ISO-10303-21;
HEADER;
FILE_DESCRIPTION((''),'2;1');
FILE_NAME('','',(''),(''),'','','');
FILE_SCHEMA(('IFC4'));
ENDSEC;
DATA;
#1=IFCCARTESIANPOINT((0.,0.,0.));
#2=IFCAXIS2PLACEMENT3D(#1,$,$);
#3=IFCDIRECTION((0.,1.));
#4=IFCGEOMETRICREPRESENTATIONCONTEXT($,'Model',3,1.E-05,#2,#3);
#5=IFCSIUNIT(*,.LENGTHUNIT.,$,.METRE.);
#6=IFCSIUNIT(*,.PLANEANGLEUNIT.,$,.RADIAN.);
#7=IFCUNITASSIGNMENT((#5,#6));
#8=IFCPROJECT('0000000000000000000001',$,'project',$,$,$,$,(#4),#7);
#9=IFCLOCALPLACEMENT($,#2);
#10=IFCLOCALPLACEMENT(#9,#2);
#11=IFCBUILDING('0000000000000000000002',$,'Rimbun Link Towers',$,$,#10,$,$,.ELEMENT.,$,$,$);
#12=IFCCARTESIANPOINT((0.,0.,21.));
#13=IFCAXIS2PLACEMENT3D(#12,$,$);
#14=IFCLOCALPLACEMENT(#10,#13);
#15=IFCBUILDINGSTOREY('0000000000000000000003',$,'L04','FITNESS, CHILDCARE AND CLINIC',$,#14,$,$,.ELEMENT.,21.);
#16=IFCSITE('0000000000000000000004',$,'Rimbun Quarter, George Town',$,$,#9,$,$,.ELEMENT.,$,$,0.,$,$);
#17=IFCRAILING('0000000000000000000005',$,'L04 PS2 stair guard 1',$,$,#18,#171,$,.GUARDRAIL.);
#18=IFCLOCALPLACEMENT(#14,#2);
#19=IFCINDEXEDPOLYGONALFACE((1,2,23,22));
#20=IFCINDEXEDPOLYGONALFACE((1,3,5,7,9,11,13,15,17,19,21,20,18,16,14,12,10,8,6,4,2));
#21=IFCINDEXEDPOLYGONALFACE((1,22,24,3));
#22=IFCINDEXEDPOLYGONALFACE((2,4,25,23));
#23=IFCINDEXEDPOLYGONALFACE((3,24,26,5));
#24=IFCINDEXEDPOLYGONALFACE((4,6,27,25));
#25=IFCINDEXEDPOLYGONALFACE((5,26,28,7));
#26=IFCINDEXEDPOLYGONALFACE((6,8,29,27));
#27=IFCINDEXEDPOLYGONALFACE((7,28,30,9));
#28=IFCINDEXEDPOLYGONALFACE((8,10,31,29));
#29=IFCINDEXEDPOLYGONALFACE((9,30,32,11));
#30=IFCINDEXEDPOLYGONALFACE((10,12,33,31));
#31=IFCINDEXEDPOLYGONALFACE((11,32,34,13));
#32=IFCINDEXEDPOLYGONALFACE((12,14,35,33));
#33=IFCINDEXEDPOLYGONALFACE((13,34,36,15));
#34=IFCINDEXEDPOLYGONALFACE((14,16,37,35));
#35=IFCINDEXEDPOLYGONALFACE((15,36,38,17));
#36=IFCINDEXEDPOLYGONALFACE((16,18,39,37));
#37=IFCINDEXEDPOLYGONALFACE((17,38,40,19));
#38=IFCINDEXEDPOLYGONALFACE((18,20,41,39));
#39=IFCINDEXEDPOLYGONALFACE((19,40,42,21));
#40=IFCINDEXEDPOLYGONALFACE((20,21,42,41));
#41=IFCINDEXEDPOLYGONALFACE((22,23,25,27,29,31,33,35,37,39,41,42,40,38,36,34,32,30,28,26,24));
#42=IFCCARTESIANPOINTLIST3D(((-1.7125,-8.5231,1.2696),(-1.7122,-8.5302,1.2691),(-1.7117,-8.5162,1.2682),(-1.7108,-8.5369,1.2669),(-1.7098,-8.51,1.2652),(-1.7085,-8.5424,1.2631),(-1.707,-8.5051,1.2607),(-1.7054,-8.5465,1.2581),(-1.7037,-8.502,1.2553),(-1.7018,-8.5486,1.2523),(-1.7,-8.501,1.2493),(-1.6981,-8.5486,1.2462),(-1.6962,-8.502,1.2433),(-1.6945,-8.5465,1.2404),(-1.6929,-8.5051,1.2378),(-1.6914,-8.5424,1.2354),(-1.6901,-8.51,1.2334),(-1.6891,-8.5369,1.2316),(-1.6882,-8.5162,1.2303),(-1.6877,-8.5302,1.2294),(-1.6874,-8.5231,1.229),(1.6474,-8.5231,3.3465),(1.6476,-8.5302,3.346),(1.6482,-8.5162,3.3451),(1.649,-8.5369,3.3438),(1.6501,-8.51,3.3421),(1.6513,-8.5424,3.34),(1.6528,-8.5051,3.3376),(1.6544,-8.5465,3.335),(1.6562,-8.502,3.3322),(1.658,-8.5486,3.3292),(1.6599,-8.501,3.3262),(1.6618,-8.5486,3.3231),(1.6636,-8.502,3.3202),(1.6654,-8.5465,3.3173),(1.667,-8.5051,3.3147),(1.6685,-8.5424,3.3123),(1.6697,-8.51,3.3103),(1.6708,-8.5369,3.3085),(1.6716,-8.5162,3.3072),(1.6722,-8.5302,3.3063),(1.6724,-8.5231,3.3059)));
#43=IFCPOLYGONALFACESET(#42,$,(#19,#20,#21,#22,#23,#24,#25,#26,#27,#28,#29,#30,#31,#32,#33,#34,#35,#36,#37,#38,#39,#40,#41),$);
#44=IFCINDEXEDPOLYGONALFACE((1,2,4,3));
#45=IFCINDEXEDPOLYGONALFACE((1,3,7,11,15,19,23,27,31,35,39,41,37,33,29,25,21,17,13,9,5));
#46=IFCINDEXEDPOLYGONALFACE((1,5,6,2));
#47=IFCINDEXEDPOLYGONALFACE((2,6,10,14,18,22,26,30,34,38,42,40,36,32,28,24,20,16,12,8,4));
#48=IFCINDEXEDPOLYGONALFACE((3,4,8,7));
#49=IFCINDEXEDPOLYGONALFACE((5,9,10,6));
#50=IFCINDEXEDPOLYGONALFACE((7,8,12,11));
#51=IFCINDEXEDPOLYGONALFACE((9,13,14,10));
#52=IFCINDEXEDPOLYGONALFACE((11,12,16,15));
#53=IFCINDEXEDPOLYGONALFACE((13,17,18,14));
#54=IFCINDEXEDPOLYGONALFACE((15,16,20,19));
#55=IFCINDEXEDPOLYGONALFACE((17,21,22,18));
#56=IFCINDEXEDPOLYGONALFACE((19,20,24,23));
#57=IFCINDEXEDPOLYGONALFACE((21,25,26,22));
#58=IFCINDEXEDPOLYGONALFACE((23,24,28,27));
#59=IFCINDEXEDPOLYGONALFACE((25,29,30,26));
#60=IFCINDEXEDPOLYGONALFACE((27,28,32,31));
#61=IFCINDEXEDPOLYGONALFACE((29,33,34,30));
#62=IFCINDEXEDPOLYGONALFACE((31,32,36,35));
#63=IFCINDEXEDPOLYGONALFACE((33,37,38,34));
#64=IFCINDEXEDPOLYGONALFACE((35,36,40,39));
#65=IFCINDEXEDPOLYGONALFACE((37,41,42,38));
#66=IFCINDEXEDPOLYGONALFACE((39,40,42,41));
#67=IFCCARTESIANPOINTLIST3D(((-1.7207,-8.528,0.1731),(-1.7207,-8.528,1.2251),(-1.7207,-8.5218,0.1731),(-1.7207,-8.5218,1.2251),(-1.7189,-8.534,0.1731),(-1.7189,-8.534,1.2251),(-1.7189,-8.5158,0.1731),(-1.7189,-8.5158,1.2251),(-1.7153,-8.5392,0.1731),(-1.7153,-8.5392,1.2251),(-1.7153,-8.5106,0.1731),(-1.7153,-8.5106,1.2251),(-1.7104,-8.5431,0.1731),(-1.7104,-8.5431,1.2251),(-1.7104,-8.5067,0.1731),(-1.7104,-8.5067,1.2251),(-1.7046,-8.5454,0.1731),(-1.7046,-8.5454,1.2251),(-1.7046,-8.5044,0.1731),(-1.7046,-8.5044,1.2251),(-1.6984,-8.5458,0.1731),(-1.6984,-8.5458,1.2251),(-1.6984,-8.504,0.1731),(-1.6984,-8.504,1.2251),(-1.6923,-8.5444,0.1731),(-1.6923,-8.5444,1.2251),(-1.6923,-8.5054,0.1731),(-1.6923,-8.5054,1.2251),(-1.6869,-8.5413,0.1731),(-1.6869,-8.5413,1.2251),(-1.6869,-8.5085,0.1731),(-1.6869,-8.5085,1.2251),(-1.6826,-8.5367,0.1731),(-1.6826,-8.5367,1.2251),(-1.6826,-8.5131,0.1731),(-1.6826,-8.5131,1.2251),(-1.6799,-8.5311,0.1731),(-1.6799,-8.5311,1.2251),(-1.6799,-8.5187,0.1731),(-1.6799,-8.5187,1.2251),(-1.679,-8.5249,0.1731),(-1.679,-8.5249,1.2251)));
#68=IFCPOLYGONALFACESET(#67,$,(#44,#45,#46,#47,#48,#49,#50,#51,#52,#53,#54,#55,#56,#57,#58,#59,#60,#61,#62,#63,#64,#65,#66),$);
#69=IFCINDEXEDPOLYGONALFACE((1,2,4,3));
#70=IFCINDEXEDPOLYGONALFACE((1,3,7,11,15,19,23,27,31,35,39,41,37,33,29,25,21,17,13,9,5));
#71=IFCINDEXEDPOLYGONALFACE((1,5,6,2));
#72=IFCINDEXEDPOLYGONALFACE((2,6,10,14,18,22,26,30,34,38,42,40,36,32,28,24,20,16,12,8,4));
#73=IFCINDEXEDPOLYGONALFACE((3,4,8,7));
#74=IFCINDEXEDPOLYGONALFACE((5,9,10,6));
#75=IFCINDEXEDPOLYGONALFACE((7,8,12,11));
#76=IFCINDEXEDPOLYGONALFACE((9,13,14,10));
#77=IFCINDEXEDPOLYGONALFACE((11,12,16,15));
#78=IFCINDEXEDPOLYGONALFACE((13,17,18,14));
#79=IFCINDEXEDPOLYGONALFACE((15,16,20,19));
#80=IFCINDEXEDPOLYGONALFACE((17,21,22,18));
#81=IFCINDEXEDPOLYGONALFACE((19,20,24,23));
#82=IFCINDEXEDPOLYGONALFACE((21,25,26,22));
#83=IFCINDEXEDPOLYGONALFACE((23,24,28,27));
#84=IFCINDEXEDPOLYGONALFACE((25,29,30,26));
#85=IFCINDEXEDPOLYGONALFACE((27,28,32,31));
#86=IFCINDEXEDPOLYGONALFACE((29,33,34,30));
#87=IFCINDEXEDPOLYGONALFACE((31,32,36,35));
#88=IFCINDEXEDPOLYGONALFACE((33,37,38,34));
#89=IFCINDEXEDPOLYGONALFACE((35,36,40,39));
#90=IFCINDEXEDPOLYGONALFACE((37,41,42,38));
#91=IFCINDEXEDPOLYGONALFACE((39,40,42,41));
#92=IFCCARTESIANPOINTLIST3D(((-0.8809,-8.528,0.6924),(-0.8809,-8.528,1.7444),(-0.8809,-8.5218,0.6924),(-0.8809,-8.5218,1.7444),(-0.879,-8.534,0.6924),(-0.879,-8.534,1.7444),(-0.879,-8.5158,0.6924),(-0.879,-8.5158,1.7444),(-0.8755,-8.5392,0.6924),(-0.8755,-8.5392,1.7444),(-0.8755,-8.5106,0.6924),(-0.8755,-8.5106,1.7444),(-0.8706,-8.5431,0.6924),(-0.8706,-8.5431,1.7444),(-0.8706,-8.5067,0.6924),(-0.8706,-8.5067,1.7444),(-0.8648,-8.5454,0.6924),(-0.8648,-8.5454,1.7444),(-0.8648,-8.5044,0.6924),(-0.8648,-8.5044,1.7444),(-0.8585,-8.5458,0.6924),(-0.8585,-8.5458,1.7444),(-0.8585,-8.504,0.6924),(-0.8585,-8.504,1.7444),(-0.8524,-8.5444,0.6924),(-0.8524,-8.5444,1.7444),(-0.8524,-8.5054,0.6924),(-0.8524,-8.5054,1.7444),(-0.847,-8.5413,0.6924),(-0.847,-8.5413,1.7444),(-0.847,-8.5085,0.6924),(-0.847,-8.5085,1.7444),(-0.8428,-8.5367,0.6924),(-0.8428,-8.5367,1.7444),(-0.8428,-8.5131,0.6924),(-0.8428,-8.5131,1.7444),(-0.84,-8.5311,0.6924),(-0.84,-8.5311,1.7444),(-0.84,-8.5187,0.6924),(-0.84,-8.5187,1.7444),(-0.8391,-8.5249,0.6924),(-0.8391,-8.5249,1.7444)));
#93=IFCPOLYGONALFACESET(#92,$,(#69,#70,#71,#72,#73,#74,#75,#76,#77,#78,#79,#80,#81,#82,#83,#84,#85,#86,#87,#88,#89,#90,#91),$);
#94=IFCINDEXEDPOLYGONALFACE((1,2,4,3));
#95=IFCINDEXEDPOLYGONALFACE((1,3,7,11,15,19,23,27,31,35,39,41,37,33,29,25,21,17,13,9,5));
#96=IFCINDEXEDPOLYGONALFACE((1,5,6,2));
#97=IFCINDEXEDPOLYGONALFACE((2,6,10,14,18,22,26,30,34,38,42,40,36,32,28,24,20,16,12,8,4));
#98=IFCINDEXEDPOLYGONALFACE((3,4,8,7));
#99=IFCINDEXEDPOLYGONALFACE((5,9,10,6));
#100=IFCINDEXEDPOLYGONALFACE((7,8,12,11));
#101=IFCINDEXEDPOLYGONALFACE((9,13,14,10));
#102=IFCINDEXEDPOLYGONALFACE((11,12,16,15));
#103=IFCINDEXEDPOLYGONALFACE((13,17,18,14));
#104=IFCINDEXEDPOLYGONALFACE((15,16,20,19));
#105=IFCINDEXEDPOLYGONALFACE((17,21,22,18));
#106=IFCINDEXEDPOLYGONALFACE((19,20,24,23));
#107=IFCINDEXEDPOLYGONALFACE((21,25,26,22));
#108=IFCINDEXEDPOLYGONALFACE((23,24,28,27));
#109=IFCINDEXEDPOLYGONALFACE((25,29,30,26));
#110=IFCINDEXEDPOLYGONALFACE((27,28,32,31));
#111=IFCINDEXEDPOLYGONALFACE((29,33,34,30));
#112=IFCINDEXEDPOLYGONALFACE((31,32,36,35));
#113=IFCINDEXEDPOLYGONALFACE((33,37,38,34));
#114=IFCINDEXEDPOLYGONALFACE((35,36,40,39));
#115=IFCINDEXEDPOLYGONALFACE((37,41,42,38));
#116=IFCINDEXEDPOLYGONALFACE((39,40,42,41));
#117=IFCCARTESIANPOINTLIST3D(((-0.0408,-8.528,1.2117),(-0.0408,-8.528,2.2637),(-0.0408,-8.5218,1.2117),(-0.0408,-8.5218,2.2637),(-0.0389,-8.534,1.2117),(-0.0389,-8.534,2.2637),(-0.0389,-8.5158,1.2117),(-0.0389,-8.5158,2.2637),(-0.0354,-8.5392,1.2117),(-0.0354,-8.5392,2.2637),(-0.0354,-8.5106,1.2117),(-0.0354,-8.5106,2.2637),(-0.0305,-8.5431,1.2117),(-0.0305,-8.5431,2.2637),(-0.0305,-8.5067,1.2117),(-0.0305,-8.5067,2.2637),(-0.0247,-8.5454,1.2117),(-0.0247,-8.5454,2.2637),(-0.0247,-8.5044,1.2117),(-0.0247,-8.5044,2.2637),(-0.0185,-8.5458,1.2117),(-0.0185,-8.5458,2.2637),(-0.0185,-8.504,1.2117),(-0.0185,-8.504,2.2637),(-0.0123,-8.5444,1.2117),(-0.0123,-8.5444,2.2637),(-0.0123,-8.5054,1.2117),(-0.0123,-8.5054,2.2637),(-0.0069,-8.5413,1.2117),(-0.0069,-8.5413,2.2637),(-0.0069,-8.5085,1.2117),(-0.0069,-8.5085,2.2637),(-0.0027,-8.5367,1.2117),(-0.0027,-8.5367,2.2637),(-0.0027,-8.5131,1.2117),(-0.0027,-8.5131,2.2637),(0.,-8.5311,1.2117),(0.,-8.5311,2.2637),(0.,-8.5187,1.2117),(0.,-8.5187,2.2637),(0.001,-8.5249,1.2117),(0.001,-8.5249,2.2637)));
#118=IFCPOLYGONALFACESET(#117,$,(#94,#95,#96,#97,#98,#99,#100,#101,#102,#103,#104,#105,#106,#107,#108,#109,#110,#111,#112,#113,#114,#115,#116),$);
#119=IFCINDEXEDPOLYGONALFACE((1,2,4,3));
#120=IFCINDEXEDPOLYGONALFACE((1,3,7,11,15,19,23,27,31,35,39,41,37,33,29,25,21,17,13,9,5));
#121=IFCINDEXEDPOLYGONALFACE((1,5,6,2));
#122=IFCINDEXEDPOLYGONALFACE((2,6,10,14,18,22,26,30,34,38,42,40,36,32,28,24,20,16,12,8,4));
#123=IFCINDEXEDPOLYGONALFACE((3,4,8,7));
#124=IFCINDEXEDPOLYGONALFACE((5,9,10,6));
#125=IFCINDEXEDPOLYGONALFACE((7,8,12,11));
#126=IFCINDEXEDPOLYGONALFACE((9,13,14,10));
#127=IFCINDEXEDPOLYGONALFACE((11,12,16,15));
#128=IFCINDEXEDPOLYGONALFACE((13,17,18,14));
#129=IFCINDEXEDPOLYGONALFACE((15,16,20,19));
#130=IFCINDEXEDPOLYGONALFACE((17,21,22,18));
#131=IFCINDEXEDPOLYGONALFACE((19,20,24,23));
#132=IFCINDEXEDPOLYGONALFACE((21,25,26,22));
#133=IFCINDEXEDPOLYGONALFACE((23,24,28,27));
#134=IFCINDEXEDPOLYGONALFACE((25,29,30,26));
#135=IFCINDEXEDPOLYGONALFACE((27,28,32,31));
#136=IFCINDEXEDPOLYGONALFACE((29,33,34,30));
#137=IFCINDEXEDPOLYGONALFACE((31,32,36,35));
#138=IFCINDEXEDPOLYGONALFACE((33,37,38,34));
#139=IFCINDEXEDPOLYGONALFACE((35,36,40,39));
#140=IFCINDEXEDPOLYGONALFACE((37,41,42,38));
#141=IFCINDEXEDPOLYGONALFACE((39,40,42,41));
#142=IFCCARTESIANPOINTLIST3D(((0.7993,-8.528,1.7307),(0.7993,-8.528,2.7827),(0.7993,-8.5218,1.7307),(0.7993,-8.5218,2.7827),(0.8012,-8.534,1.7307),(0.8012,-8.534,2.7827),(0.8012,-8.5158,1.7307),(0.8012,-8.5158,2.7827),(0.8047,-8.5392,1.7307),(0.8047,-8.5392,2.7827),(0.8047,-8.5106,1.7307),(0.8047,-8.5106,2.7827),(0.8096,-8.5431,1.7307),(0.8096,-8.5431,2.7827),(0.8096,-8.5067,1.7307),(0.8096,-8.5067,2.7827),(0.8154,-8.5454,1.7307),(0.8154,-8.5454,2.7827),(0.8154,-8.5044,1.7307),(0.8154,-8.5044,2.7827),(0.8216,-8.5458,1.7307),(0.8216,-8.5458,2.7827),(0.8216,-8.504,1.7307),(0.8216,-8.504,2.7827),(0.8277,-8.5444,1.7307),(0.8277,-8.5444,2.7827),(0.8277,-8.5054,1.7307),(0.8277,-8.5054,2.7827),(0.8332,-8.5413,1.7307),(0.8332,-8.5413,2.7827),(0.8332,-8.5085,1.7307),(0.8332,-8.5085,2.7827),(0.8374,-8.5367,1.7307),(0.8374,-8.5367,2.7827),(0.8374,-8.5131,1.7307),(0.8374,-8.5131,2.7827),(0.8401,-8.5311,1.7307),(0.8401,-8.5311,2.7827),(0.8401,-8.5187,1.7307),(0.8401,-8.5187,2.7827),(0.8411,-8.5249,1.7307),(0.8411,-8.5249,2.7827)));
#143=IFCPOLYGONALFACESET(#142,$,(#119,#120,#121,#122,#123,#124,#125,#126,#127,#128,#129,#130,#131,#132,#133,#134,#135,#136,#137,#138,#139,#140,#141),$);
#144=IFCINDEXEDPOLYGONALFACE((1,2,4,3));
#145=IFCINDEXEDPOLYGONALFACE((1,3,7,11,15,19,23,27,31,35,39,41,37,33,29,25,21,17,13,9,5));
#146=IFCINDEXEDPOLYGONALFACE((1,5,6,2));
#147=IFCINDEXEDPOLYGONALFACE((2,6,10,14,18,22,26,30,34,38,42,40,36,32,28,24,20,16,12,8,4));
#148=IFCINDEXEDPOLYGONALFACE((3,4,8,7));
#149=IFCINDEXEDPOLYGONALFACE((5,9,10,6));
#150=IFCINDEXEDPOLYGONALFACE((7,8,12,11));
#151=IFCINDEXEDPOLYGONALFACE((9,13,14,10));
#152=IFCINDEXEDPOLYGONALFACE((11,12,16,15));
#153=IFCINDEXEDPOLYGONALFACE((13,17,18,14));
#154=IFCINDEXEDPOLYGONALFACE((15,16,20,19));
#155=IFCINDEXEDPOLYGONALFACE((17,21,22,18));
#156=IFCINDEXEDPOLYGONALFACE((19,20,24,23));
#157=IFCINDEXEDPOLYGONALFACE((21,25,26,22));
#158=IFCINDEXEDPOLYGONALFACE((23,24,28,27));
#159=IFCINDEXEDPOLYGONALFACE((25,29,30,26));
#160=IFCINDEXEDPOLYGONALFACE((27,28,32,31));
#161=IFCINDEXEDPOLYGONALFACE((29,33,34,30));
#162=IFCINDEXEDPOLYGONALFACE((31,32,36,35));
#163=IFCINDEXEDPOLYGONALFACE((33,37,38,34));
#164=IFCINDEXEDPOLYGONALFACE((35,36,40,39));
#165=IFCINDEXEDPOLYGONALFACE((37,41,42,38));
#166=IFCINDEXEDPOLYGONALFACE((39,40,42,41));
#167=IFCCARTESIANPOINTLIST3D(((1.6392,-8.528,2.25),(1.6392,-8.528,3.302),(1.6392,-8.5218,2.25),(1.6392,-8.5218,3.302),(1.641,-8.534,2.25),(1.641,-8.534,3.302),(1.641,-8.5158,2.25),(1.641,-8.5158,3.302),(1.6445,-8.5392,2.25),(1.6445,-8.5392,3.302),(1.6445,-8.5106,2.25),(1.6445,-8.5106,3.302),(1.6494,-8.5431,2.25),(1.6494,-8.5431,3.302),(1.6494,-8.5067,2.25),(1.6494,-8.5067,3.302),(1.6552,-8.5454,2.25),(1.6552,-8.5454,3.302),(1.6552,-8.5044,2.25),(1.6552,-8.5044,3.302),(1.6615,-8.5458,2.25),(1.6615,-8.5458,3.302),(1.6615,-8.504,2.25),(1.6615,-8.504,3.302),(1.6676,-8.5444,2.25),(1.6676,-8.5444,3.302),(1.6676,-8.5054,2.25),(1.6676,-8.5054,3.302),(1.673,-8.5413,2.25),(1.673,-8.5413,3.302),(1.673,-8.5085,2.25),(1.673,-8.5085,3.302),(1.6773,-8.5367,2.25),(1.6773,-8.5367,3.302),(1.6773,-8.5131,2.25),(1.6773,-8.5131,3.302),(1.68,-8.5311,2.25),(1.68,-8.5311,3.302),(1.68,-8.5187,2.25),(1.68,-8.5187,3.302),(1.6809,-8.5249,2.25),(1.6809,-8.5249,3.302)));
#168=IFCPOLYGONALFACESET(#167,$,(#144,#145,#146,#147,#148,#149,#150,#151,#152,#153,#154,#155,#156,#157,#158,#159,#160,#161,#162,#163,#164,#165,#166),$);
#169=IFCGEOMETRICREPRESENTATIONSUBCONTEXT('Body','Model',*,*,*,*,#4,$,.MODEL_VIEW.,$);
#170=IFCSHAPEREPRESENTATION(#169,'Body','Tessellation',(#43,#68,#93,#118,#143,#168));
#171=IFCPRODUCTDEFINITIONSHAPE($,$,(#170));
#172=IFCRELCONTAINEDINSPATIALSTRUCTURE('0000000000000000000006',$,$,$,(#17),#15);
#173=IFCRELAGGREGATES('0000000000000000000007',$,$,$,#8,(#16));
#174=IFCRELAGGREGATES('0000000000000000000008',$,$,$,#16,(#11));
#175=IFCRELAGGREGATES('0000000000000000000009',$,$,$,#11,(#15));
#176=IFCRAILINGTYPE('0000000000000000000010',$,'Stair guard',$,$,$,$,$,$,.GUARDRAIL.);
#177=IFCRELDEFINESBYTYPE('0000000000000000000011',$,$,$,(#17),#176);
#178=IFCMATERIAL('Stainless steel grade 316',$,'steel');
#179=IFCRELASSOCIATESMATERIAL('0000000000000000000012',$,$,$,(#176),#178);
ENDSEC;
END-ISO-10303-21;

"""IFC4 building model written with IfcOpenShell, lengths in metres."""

from ifc_helpers import new_model, si_unit, direction, frame, origin, origin_2d, place, context, subcontext, project, spatial, circle, extrude, material, type_object, element, save


model = new_model("IFC4")

# Units and contexts
model_context = context("Model", 3, precision=1e-05, world=origin(), true_north=direction((0.0, 1.0)))
body_context = subcontext(model_context, "Body", "Model", "MODEL_VIEW")
ifc_project = project(units=[si_unit("LENGTHUNIT", "METRE"), si_unit("PLANEANGLEUNIT", "RADIAN")], contexts=[model_context])

# Site, building, storey
site_placement = place(None, origin())
site = spatial("IfcSite", under=ifc_project, at=site_placement, Name="Rimbun Quarter, George Town", CompositionType="ELEMENT", RefElevation=0.0)
building_placement = place(site_placement, origin())
building = spatial("IfcBuilding", under=site, at=building_placement, Name="Rimbun Link Towers", CompositionType="ELEMENT")
storey_placement = place(building_placement, frame((0.0, 0.0, 21.0)))
storey = spatial("IfcBuildingStorey", under=building, at=storey_placement, Name="L04", Description="FITNESS, CHILDCARE AND CLINIC", CompositionType="ELEMENT", Elevation=21.0)

# Railing
ifc_material_1 = material(Name="Stainless steel grade 316", Category="steel")
railing_type_1 = type_object("IfcRailingType", Name="Stair guard", PredefinedType="GUARDRAIL", material=ifc_material_1)
railing_1_placement = place(storey_placement, frame((-1.7, -8.5249, 0.1731)))
element("IfcRailing", 1, at=railing_1_placement, inside=storey, type_object=railing_type_1, Name="L04 PS2 stair guard 1", PredefinedType="GUARDRAIL", context=body_context, shape_type="SweptSolid", body=[
    extrude(circle(Radius=0.0239, at=origin_2d()), frame((0.0, 0.0, 1.0762), z_axis=(0.850606, 0.0, 0.525803), x_axis=(0.0, 1.0, 0.0)), (0.0, 0.0, 1.0), 3.95),
    extrude(circle(Radius=0.021, at=origin_2d()), origin(), (0.0, 0.0, 1.0), 1.052),
    extrude(circle(Radius=0.021, at=origin_2d()), frame((0.8398, 0.0, 0.5193)), (0.0, 0.0, 1.0), 1.052),
    extrude(circle(Radius=0.021, at=origin_2d()), frame((1.6799, 0.0, 1.0386)), (0.0, 0.0, 1.0), 1.052),
    extrude(circle(Radius=0.021, at=origin_2d()), frame((2.52, 0.0, 1.5576)), (0.0, 0.0, 1.0), 1.052),
    extrude(circle(Radius=0.021, at=origin_2d()), frame((3.3599, 0.0, 2.0769)), (0.0, 0.0, 1.0), 1.052),
])

save(model, "model.ifc")
